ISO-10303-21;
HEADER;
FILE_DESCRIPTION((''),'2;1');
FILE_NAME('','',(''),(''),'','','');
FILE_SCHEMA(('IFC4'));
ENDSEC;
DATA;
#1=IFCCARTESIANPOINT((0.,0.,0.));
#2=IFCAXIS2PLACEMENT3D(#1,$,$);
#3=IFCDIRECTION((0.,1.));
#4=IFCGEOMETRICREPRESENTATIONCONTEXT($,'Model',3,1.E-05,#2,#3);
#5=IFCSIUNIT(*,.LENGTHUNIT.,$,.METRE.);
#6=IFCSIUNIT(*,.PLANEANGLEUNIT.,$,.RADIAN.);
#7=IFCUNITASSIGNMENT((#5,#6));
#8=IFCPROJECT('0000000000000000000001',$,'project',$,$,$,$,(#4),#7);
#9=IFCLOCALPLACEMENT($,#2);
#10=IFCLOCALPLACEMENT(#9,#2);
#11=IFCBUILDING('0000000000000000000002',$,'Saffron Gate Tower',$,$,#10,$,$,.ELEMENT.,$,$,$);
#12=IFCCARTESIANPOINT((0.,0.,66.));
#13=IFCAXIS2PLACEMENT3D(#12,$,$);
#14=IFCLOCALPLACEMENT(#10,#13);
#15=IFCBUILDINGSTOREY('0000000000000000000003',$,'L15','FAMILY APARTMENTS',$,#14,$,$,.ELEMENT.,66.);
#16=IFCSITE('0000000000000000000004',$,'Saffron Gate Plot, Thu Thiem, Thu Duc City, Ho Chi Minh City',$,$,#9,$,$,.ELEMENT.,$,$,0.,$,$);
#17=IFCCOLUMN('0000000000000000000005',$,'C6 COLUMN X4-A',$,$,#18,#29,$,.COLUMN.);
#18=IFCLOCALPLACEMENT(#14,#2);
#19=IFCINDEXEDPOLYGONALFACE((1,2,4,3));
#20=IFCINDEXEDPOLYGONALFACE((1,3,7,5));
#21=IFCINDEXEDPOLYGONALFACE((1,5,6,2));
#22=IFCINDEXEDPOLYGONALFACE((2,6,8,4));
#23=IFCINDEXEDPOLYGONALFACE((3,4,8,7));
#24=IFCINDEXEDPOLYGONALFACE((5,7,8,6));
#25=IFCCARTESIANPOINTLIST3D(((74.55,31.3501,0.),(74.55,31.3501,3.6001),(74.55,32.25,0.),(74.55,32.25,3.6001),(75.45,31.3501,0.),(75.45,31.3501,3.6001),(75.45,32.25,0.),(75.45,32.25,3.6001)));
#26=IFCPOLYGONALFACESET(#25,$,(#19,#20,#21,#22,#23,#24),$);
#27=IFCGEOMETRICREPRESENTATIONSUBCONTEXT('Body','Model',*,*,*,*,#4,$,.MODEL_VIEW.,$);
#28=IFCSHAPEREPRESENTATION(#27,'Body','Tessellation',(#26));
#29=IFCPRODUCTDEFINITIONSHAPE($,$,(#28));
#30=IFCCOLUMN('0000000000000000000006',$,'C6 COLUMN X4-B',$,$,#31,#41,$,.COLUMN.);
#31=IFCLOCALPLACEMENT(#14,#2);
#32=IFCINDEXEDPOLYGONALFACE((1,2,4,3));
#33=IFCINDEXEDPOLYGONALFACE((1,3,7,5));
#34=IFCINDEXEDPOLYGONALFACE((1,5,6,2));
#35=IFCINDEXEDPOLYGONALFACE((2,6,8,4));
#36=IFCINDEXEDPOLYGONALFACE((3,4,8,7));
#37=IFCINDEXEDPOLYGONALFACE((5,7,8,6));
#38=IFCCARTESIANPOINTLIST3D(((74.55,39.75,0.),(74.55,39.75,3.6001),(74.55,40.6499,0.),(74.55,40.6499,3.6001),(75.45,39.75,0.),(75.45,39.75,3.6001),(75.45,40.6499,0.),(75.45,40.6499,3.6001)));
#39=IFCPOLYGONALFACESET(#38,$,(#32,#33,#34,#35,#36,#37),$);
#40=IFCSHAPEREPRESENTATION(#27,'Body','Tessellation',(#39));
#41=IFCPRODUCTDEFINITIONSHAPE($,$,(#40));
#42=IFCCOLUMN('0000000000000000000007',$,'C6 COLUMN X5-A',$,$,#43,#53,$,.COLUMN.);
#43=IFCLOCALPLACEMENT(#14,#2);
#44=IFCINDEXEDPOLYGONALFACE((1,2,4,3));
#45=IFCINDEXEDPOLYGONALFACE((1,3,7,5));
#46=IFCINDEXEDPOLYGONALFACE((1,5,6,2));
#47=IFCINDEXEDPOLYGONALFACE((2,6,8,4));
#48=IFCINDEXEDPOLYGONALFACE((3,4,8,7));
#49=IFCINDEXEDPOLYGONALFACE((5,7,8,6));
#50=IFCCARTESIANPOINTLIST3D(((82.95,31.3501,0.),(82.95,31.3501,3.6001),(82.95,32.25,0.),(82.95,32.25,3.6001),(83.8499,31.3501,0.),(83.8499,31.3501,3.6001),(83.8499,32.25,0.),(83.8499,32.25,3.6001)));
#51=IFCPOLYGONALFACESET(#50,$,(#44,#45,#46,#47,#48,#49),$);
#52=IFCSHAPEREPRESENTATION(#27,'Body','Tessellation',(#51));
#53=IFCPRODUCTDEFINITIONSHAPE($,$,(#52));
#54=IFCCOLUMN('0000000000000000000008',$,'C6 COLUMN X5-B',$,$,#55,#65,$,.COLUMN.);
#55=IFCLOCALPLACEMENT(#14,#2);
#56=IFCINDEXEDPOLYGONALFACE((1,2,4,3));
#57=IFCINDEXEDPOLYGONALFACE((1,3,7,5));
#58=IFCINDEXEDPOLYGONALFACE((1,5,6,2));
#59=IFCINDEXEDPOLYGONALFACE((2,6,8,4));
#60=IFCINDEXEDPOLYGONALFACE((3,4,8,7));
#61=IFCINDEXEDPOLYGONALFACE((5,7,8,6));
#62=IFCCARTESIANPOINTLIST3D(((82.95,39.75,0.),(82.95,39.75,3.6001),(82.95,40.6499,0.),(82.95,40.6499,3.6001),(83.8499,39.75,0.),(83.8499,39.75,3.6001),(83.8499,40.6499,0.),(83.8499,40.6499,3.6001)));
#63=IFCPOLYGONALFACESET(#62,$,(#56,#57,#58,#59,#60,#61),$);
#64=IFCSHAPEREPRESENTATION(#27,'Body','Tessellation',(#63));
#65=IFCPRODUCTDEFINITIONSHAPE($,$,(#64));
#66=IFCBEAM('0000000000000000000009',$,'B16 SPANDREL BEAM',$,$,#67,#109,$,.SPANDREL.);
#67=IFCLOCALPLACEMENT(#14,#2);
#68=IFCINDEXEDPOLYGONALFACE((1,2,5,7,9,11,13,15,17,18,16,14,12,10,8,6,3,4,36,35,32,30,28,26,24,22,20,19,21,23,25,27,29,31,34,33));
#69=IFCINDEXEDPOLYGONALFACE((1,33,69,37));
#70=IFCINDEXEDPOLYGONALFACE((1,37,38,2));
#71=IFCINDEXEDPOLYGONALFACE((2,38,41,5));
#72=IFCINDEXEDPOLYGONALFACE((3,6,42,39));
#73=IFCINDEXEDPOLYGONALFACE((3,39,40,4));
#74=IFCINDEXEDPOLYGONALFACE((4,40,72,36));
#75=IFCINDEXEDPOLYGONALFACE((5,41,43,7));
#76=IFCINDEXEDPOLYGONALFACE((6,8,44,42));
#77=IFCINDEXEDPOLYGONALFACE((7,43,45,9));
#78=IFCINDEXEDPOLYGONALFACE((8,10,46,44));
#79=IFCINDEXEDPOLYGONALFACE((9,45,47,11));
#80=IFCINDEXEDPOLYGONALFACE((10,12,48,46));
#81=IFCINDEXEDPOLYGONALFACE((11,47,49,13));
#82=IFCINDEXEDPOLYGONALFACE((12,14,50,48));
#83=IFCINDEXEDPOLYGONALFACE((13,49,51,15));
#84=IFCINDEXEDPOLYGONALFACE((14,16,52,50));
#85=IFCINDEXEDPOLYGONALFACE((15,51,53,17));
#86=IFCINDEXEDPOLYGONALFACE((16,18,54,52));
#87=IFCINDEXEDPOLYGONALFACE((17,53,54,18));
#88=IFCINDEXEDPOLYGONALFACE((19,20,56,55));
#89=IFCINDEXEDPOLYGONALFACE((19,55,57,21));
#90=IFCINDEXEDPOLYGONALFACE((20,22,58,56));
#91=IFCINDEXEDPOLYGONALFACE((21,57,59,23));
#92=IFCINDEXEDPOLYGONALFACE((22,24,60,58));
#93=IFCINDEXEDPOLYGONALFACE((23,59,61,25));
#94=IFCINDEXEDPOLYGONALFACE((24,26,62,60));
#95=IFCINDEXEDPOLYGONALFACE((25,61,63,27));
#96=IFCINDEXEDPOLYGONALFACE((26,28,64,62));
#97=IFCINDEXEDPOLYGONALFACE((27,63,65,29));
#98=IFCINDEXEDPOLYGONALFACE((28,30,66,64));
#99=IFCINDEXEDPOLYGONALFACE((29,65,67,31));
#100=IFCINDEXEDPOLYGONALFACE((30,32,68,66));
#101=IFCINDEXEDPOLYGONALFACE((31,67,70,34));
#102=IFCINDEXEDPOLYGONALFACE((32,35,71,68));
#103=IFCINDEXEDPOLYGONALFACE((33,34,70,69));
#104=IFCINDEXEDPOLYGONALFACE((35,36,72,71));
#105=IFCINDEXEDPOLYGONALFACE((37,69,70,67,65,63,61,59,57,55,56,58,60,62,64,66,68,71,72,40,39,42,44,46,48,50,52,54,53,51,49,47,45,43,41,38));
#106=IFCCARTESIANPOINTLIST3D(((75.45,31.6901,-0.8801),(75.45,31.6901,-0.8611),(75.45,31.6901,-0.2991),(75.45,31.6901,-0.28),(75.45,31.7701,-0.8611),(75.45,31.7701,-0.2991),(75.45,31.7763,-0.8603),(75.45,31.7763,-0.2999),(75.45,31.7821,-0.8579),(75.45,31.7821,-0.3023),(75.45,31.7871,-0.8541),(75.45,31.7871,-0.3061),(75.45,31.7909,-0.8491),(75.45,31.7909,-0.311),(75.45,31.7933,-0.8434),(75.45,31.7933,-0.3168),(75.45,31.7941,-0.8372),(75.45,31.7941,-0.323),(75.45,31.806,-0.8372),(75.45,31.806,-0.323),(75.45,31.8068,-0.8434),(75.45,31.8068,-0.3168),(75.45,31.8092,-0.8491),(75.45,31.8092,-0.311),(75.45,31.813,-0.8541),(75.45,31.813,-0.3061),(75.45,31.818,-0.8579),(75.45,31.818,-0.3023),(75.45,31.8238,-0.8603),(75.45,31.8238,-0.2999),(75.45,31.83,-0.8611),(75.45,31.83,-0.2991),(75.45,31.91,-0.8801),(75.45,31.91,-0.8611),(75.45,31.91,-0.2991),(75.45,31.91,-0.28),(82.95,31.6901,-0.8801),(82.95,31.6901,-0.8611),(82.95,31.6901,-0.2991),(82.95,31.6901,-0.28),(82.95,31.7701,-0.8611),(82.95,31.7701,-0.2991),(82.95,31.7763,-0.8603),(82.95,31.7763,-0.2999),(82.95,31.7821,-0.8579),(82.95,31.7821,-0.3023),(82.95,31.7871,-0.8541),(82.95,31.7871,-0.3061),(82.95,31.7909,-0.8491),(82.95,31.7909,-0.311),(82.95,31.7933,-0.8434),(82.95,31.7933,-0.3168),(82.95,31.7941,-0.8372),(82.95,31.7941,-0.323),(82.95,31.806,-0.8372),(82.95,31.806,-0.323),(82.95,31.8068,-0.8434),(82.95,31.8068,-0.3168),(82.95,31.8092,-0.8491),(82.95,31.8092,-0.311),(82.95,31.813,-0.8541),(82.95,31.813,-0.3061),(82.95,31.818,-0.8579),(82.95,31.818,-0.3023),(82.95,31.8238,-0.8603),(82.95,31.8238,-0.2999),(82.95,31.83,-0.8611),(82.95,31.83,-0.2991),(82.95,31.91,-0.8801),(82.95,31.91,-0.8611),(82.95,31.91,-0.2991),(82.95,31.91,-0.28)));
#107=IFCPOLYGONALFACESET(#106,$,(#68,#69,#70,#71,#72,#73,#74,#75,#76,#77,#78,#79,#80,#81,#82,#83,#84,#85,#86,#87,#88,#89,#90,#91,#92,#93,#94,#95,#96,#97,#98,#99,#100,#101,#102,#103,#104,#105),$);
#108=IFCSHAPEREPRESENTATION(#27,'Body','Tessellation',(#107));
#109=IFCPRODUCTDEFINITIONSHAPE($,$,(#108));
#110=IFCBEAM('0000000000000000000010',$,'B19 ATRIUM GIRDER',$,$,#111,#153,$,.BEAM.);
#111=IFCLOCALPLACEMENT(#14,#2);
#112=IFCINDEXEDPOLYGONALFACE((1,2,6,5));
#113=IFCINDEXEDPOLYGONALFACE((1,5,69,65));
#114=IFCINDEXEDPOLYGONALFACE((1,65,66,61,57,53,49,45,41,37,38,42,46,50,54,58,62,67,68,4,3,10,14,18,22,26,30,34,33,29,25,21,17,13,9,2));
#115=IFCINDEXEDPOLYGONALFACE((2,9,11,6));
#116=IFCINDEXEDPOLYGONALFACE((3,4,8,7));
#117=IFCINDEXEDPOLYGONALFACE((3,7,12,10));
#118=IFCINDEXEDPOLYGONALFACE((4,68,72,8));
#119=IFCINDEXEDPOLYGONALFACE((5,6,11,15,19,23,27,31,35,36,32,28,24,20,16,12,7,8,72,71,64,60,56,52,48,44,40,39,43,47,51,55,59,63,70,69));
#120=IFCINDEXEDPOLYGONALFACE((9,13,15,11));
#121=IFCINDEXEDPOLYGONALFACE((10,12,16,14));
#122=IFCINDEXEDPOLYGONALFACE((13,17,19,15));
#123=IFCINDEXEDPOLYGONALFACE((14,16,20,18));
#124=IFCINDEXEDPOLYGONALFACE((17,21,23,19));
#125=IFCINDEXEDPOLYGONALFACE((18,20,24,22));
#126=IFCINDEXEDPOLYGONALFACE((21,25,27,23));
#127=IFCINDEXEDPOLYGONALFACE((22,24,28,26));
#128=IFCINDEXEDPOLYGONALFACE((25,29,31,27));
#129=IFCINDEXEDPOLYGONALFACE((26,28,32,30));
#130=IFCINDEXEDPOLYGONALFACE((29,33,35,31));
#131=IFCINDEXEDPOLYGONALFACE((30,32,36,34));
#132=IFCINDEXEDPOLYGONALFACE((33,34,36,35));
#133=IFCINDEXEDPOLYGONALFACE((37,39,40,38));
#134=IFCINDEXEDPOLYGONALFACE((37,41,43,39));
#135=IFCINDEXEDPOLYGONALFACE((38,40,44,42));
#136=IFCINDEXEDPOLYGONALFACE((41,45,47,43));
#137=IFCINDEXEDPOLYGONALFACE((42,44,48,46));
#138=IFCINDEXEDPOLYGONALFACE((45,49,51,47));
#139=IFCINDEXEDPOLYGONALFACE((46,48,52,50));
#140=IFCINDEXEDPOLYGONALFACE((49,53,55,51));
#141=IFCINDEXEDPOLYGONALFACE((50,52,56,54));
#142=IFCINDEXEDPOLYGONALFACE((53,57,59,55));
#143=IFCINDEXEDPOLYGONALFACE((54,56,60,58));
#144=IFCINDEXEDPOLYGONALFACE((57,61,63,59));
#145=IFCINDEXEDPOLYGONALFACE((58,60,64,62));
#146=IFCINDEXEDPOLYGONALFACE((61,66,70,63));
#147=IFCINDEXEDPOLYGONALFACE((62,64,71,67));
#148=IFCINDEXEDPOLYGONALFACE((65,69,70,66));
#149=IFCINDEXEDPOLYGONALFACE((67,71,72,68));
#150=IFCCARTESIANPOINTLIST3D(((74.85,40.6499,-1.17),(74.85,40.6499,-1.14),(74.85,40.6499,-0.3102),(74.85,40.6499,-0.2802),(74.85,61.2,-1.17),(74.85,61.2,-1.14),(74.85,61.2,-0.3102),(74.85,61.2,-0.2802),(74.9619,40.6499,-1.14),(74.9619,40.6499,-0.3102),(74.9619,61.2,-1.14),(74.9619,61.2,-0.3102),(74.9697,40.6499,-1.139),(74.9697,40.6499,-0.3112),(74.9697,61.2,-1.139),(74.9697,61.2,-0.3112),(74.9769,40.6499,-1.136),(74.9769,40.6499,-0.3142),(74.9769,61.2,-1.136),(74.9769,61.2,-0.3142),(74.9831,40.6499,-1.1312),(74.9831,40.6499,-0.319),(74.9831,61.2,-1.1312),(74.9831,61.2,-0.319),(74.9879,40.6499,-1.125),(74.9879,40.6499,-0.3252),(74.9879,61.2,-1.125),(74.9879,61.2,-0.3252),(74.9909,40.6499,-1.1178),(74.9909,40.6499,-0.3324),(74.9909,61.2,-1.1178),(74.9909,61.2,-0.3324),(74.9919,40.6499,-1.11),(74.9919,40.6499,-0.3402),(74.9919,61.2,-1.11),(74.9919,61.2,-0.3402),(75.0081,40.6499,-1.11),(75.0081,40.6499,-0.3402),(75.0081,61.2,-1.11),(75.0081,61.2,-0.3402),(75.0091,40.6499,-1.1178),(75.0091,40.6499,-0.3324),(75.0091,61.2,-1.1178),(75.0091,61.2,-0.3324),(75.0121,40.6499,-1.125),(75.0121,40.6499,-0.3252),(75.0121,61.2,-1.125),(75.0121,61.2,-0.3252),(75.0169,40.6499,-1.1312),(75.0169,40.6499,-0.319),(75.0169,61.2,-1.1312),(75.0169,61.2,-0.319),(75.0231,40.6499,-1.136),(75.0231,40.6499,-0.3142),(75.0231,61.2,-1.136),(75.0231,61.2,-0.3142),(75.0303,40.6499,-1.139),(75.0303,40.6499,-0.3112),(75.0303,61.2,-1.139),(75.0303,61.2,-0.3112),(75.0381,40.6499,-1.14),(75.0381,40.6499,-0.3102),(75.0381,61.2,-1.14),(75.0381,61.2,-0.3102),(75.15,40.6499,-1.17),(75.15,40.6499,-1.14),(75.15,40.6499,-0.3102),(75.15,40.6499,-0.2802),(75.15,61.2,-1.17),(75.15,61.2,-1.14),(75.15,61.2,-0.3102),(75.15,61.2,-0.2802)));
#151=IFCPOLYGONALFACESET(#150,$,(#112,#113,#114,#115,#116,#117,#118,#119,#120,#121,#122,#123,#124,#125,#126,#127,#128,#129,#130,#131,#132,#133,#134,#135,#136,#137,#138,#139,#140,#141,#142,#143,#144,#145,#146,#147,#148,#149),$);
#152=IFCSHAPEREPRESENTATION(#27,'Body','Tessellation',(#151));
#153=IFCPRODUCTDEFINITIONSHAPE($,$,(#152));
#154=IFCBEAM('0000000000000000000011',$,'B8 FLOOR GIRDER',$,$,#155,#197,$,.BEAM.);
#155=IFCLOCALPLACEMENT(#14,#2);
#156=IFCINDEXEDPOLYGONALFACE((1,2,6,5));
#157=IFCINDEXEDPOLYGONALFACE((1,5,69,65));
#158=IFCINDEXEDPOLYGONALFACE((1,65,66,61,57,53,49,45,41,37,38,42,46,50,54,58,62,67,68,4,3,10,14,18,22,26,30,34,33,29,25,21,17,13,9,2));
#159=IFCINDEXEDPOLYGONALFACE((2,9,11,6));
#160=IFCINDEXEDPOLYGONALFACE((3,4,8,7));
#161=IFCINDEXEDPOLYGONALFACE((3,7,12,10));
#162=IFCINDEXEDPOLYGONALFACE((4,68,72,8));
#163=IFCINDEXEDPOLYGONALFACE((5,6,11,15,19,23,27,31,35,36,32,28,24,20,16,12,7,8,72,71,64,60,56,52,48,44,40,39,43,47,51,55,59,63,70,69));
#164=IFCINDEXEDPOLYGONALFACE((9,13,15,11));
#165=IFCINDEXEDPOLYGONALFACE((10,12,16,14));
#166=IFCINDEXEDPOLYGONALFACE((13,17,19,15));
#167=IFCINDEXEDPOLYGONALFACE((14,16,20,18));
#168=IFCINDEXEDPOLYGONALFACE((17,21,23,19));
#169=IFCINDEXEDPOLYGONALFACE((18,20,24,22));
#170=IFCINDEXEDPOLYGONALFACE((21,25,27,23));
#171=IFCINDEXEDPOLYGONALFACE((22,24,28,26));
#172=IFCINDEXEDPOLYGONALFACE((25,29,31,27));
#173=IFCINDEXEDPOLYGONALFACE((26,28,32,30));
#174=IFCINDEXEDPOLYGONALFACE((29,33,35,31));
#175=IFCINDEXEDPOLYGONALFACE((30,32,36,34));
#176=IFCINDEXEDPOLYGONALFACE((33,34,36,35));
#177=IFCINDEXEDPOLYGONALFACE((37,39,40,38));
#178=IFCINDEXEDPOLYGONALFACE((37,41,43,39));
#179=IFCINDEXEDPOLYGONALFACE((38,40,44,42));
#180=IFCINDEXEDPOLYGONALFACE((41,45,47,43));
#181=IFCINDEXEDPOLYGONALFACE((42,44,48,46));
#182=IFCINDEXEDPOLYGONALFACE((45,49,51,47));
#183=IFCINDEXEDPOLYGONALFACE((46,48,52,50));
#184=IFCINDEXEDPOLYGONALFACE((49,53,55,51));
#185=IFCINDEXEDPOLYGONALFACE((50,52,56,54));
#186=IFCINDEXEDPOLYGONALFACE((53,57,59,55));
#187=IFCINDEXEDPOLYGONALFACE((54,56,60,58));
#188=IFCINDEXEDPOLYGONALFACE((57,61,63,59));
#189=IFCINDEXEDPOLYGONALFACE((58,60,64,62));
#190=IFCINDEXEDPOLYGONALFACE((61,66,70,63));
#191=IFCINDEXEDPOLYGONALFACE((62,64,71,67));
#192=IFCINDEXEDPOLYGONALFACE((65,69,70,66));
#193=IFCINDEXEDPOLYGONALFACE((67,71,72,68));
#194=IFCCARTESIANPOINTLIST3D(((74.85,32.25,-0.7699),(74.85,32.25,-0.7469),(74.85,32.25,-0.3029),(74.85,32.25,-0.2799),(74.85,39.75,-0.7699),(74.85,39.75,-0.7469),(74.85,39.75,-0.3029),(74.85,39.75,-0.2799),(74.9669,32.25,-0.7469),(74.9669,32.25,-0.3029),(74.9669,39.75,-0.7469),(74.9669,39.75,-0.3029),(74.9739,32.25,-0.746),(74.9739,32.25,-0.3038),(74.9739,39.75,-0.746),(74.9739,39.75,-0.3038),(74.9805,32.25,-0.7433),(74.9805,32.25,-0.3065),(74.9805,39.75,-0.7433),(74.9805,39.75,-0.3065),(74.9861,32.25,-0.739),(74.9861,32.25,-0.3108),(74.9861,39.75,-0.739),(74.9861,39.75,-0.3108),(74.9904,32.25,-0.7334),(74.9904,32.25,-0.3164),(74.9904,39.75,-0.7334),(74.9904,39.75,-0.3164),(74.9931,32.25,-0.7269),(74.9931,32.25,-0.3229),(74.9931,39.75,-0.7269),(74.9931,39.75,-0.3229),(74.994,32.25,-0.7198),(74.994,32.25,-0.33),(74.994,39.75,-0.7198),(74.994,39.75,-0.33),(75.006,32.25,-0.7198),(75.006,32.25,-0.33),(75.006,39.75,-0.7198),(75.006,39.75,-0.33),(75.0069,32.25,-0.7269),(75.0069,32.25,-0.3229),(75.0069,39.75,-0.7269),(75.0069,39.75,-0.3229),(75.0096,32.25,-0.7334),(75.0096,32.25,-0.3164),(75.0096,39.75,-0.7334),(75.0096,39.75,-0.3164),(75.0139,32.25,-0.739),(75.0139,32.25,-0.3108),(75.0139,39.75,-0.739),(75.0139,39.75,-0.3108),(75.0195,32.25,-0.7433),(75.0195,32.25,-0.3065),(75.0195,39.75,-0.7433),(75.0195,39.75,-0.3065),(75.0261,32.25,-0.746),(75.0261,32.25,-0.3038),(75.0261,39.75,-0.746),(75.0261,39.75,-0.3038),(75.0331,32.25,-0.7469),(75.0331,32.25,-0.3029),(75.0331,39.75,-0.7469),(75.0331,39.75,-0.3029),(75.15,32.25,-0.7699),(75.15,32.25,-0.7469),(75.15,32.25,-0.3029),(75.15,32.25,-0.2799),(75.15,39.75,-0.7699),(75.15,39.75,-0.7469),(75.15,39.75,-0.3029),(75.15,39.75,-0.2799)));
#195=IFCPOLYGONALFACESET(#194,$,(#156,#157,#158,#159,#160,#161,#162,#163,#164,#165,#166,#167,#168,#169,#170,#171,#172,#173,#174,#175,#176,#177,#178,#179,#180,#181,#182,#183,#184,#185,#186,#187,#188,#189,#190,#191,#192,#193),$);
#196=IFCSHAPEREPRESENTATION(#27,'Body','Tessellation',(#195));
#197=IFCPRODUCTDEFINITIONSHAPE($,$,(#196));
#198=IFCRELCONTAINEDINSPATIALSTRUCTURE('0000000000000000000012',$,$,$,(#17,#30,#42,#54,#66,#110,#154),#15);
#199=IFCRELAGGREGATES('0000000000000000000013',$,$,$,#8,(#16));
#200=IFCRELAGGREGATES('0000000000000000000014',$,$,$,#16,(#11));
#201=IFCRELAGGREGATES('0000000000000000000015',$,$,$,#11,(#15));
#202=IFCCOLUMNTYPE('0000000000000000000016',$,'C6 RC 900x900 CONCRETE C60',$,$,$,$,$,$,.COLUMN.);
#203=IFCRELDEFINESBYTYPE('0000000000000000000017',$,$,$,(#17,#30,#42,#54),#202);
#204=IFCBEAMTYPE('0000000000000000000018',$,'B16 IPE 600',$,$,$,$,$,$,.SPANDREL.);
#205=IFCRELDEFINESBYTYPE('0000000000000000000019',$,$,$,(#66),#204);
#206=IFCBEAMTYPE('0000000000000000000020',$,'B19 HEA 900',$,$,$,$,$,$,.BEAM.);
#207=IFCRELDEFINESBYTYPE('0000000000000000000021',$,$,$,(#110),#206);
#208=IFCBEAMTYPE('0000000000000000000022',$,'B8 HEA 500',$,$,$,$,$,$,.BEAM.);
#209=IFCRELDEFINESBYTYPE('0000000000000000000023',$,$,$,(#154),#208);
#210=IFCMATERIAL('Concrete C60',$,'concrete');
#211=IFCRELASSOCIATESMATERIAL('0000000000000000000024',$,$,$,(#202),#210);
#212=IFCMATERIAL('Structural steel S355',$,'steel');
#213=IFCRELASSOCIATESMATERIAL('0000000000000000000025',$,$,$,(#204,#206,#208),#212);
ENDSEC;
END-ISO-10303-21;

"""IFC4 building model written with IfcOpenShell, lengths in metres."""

from ifc_helpers import new_model, si_unit, direction, frame, origin, origin_2d, place, context, subcontext, project, spatial, rectangle, i_section, extrude, material, material_profile, profile_set, type_object, element, save


model = new_model("IFC4")

# Units and contexts
model_context = context("Model", 3, precision=1e-05, world=origin(), true_north=direction((0.0, 1.0)))
body_context = subcontext(model_context, "Body", "Model", "MODEL_VIEW")
ifc_project = project(units=[si_unit("LENGTHUNIT", "METRE"), si_unit("PLANEANGLEUNIT", "RADIAN")], contexts=[model_context])

# Site, building, storey
site_placement = place(None, origin())
site = spatial("IfcSite", under=ifc_project, at=site_placement, Name="Saffron Gate Plot, Thu Thiem, Thu Duc City, Ho Chi Minh City", CompositionType="ELEMENT", RefElevation=0.0)
building_placement = place(site_placement, origin())
building = spatial("IfcBuilding", under=site, at=building_placement, Name="Saffron Gate Tower", CompositionType="ELEMENT")
storey_placement = place(building_placement, frame((0.0, 0.0, 66.0)))
storey = spatial("IfcBuildingStorey", under=building, at=storey_placement, Name="L15", Description="FAMILY APARTMENTS", CompositionType="ELEMENT", Elevation=66.0)

# Columns
ifc_material_1 = material(Name="Concrete C60", Category="concrete")
ifc_material_profile_1 = material_profile(ifc_material_1, rectangle(XDim=0.8999, YDim=0.8999, at=origin_2d()))
ifc_profile_set_1 = profile_set([ifc_material_profile_1], Name="Concrete C60")
column_type = type_object("IfcColumnType", Name="C6 RC 900x900 CONCRETE C60", PredefinedType="COLUMN", material=ifc_profile_set_1)
for number, where, z_axis, x_axis, name in (
    (1, (75.0, 31.8, 0.0), (0.0, 0.0, 1.0), (1.0, 0.0, 0.0), "C6 COLUMN X4-A"),
    (2, (75.0, 40.2, 0.0), (0.0, 0.0, 1.0), (1.0, 0.0, 0.0), "C6 COLUMN X4-B"),
    (3, (83.3999, 31.8, 0.0), (0.0, 0.0, 1.0), (1.0, 0.0, 0.0), "C6 COLUMN X5-A"),
    (4, (83.3999, 40.2, 0.0), (0.0, 0.0, 1.0), (1.0, 0.0, 0.0), "C6 COLUMN X5-B"),
):
    element("IfcColumn", number, at=place(storey_placement, frame(where, z_axis=z_axis, x_axis=x_axis)), inside=storey, type_object=column_type, Name=name, PredefinedType="COLUMN", context=body_context, shape_type="SweptSolid", body=[
        extrude(rectangle(XDim=0.8999, YDim=0.8999, at=origin_2d()), origin(), (0.0, 0.0, 1.0), 3.6001),
    ])

# Beams
ifc_material_2 = material(Name="Structural steel S355", Category="steel")
ifc_material_profile_2 = material_profile(ifc_material_2, i_section(OverallWidth=0.22, OverallDepth=0.6001, WebThickness=0.012, FlangeThickness=0.019, FilletRadius=0.0239, at=origin_2d()))
ifc_profile_set_2 = profile_set([ifc_material_profile_2], Name="Structural steel S355")
beam_type_1 = type_object("IfcBeamType", Name="B16 IPE 600", PredefinedType="SPANDREL", material=ifc_profile_set_2)
beam_1_placement = place(storey_placement, frame((75.45, 31.8, -0.5801), z_axis=(1.0, 0.0, 0.0), x_axis=(0.0, 1.0, 0.0)))
element("IfcBeam", 5, at=beam_1_placement, inside=storey, type_object=beam_type_1, Name="B16 SPANDREL BEAM", PredefinedType="SPANDREL", context=body_context, shape_type="SweptSolid", body=[
    extrude(i_section(OverallWidth=0.22, OverallDepth=0.6001, WebThickness=0.012, FlangeThickness=0.019, FilletRadius=0.0239, at=origin_2d()), origin(), (0.0, 0.0, 1.0), 7.5),
])
ifc_material_profile_3 = material_profile(ifc_material_2, i_section(OverallWidth=0.3, OverallDepth=0.8899, WebThickness=0.0161, FlangeThickness=0.03, FilletRadius=0.03, at=origin_2d()))
ifc_profile_set_3 = profile_set([ifc_material_profile_3], Name="Structural steel S355")
beam_type_2 = type_object("IfcBeamType", Name="B19 HEA 900", PredefinedType="BEAM", material=ifc_profile_set_3)
beam_2_placement = place(storey_placement, frame((75.0, 40.6499, -0.7251), z_axis=(0.0, 1.0, 0.0), x_axis=(-1.0, 0.0, 0.0)))
element("IfcBeam", 6, at=beam_2_placement, inside=storey, type_object=beam_type_2, Name="B19 ATRIUM GIRDER", PredefinedType="BEAM", context=body_context, shape_type="SweptSolid", body=[
    extrude(i_section(OverallWidth=0.3, OverallDepth=0.8899, WebThickness=0.0161, FlangeThickness=0.03, FilletRadius=0.03, at=origin_2d()), origin(), (0.0, 0.0, 1.0), 20.55),
])
ifc_material_profile_4 = material_profile(ifc_material_2, i_section(OverallWidth=0.3, OverallDepth=0.49, WebThickness=0.012, FlangeThickness=0.0229, FilletRadius=0.0271, at=origin_2d()))
ifc_profile_set_4 = profile_set([ifc_material_profile_4], Name="Structural steel S355")
beam_type_3 = type_object("IfcBeamType", Name="B8 HEA 500", PredefinedType="BEAM", material=ifc_profile_set_4)
for number, where, z_axis, x_axis, name in (
    (7, (75.0, 32.25, -0.5249), (0.0, 1.0, 0.0), (-1.0, 0.0, 0.0), "B8 FLOOR GIRDER"),
):
    element("IfcBeam", number, at=place(storey_placement, frame(where, z_axis=z_axis, x_axis=x_axis)), inside=storey, type_object=beam_type_3, Name=name, PredefinedType="BEAM", context=body_context, shape_type="SweptSolid", body=[
        extrude(i_section(OverallWidth=0.3, OverallDepth=0.49, WebThickness=0.012, FlangeThickness=0.0229, FilletRadius=0.0271, at=origin_2d()), origin(), (0.0, 0.0, 1.0), 7.5),
    ])

save(model, "model.ifc")
